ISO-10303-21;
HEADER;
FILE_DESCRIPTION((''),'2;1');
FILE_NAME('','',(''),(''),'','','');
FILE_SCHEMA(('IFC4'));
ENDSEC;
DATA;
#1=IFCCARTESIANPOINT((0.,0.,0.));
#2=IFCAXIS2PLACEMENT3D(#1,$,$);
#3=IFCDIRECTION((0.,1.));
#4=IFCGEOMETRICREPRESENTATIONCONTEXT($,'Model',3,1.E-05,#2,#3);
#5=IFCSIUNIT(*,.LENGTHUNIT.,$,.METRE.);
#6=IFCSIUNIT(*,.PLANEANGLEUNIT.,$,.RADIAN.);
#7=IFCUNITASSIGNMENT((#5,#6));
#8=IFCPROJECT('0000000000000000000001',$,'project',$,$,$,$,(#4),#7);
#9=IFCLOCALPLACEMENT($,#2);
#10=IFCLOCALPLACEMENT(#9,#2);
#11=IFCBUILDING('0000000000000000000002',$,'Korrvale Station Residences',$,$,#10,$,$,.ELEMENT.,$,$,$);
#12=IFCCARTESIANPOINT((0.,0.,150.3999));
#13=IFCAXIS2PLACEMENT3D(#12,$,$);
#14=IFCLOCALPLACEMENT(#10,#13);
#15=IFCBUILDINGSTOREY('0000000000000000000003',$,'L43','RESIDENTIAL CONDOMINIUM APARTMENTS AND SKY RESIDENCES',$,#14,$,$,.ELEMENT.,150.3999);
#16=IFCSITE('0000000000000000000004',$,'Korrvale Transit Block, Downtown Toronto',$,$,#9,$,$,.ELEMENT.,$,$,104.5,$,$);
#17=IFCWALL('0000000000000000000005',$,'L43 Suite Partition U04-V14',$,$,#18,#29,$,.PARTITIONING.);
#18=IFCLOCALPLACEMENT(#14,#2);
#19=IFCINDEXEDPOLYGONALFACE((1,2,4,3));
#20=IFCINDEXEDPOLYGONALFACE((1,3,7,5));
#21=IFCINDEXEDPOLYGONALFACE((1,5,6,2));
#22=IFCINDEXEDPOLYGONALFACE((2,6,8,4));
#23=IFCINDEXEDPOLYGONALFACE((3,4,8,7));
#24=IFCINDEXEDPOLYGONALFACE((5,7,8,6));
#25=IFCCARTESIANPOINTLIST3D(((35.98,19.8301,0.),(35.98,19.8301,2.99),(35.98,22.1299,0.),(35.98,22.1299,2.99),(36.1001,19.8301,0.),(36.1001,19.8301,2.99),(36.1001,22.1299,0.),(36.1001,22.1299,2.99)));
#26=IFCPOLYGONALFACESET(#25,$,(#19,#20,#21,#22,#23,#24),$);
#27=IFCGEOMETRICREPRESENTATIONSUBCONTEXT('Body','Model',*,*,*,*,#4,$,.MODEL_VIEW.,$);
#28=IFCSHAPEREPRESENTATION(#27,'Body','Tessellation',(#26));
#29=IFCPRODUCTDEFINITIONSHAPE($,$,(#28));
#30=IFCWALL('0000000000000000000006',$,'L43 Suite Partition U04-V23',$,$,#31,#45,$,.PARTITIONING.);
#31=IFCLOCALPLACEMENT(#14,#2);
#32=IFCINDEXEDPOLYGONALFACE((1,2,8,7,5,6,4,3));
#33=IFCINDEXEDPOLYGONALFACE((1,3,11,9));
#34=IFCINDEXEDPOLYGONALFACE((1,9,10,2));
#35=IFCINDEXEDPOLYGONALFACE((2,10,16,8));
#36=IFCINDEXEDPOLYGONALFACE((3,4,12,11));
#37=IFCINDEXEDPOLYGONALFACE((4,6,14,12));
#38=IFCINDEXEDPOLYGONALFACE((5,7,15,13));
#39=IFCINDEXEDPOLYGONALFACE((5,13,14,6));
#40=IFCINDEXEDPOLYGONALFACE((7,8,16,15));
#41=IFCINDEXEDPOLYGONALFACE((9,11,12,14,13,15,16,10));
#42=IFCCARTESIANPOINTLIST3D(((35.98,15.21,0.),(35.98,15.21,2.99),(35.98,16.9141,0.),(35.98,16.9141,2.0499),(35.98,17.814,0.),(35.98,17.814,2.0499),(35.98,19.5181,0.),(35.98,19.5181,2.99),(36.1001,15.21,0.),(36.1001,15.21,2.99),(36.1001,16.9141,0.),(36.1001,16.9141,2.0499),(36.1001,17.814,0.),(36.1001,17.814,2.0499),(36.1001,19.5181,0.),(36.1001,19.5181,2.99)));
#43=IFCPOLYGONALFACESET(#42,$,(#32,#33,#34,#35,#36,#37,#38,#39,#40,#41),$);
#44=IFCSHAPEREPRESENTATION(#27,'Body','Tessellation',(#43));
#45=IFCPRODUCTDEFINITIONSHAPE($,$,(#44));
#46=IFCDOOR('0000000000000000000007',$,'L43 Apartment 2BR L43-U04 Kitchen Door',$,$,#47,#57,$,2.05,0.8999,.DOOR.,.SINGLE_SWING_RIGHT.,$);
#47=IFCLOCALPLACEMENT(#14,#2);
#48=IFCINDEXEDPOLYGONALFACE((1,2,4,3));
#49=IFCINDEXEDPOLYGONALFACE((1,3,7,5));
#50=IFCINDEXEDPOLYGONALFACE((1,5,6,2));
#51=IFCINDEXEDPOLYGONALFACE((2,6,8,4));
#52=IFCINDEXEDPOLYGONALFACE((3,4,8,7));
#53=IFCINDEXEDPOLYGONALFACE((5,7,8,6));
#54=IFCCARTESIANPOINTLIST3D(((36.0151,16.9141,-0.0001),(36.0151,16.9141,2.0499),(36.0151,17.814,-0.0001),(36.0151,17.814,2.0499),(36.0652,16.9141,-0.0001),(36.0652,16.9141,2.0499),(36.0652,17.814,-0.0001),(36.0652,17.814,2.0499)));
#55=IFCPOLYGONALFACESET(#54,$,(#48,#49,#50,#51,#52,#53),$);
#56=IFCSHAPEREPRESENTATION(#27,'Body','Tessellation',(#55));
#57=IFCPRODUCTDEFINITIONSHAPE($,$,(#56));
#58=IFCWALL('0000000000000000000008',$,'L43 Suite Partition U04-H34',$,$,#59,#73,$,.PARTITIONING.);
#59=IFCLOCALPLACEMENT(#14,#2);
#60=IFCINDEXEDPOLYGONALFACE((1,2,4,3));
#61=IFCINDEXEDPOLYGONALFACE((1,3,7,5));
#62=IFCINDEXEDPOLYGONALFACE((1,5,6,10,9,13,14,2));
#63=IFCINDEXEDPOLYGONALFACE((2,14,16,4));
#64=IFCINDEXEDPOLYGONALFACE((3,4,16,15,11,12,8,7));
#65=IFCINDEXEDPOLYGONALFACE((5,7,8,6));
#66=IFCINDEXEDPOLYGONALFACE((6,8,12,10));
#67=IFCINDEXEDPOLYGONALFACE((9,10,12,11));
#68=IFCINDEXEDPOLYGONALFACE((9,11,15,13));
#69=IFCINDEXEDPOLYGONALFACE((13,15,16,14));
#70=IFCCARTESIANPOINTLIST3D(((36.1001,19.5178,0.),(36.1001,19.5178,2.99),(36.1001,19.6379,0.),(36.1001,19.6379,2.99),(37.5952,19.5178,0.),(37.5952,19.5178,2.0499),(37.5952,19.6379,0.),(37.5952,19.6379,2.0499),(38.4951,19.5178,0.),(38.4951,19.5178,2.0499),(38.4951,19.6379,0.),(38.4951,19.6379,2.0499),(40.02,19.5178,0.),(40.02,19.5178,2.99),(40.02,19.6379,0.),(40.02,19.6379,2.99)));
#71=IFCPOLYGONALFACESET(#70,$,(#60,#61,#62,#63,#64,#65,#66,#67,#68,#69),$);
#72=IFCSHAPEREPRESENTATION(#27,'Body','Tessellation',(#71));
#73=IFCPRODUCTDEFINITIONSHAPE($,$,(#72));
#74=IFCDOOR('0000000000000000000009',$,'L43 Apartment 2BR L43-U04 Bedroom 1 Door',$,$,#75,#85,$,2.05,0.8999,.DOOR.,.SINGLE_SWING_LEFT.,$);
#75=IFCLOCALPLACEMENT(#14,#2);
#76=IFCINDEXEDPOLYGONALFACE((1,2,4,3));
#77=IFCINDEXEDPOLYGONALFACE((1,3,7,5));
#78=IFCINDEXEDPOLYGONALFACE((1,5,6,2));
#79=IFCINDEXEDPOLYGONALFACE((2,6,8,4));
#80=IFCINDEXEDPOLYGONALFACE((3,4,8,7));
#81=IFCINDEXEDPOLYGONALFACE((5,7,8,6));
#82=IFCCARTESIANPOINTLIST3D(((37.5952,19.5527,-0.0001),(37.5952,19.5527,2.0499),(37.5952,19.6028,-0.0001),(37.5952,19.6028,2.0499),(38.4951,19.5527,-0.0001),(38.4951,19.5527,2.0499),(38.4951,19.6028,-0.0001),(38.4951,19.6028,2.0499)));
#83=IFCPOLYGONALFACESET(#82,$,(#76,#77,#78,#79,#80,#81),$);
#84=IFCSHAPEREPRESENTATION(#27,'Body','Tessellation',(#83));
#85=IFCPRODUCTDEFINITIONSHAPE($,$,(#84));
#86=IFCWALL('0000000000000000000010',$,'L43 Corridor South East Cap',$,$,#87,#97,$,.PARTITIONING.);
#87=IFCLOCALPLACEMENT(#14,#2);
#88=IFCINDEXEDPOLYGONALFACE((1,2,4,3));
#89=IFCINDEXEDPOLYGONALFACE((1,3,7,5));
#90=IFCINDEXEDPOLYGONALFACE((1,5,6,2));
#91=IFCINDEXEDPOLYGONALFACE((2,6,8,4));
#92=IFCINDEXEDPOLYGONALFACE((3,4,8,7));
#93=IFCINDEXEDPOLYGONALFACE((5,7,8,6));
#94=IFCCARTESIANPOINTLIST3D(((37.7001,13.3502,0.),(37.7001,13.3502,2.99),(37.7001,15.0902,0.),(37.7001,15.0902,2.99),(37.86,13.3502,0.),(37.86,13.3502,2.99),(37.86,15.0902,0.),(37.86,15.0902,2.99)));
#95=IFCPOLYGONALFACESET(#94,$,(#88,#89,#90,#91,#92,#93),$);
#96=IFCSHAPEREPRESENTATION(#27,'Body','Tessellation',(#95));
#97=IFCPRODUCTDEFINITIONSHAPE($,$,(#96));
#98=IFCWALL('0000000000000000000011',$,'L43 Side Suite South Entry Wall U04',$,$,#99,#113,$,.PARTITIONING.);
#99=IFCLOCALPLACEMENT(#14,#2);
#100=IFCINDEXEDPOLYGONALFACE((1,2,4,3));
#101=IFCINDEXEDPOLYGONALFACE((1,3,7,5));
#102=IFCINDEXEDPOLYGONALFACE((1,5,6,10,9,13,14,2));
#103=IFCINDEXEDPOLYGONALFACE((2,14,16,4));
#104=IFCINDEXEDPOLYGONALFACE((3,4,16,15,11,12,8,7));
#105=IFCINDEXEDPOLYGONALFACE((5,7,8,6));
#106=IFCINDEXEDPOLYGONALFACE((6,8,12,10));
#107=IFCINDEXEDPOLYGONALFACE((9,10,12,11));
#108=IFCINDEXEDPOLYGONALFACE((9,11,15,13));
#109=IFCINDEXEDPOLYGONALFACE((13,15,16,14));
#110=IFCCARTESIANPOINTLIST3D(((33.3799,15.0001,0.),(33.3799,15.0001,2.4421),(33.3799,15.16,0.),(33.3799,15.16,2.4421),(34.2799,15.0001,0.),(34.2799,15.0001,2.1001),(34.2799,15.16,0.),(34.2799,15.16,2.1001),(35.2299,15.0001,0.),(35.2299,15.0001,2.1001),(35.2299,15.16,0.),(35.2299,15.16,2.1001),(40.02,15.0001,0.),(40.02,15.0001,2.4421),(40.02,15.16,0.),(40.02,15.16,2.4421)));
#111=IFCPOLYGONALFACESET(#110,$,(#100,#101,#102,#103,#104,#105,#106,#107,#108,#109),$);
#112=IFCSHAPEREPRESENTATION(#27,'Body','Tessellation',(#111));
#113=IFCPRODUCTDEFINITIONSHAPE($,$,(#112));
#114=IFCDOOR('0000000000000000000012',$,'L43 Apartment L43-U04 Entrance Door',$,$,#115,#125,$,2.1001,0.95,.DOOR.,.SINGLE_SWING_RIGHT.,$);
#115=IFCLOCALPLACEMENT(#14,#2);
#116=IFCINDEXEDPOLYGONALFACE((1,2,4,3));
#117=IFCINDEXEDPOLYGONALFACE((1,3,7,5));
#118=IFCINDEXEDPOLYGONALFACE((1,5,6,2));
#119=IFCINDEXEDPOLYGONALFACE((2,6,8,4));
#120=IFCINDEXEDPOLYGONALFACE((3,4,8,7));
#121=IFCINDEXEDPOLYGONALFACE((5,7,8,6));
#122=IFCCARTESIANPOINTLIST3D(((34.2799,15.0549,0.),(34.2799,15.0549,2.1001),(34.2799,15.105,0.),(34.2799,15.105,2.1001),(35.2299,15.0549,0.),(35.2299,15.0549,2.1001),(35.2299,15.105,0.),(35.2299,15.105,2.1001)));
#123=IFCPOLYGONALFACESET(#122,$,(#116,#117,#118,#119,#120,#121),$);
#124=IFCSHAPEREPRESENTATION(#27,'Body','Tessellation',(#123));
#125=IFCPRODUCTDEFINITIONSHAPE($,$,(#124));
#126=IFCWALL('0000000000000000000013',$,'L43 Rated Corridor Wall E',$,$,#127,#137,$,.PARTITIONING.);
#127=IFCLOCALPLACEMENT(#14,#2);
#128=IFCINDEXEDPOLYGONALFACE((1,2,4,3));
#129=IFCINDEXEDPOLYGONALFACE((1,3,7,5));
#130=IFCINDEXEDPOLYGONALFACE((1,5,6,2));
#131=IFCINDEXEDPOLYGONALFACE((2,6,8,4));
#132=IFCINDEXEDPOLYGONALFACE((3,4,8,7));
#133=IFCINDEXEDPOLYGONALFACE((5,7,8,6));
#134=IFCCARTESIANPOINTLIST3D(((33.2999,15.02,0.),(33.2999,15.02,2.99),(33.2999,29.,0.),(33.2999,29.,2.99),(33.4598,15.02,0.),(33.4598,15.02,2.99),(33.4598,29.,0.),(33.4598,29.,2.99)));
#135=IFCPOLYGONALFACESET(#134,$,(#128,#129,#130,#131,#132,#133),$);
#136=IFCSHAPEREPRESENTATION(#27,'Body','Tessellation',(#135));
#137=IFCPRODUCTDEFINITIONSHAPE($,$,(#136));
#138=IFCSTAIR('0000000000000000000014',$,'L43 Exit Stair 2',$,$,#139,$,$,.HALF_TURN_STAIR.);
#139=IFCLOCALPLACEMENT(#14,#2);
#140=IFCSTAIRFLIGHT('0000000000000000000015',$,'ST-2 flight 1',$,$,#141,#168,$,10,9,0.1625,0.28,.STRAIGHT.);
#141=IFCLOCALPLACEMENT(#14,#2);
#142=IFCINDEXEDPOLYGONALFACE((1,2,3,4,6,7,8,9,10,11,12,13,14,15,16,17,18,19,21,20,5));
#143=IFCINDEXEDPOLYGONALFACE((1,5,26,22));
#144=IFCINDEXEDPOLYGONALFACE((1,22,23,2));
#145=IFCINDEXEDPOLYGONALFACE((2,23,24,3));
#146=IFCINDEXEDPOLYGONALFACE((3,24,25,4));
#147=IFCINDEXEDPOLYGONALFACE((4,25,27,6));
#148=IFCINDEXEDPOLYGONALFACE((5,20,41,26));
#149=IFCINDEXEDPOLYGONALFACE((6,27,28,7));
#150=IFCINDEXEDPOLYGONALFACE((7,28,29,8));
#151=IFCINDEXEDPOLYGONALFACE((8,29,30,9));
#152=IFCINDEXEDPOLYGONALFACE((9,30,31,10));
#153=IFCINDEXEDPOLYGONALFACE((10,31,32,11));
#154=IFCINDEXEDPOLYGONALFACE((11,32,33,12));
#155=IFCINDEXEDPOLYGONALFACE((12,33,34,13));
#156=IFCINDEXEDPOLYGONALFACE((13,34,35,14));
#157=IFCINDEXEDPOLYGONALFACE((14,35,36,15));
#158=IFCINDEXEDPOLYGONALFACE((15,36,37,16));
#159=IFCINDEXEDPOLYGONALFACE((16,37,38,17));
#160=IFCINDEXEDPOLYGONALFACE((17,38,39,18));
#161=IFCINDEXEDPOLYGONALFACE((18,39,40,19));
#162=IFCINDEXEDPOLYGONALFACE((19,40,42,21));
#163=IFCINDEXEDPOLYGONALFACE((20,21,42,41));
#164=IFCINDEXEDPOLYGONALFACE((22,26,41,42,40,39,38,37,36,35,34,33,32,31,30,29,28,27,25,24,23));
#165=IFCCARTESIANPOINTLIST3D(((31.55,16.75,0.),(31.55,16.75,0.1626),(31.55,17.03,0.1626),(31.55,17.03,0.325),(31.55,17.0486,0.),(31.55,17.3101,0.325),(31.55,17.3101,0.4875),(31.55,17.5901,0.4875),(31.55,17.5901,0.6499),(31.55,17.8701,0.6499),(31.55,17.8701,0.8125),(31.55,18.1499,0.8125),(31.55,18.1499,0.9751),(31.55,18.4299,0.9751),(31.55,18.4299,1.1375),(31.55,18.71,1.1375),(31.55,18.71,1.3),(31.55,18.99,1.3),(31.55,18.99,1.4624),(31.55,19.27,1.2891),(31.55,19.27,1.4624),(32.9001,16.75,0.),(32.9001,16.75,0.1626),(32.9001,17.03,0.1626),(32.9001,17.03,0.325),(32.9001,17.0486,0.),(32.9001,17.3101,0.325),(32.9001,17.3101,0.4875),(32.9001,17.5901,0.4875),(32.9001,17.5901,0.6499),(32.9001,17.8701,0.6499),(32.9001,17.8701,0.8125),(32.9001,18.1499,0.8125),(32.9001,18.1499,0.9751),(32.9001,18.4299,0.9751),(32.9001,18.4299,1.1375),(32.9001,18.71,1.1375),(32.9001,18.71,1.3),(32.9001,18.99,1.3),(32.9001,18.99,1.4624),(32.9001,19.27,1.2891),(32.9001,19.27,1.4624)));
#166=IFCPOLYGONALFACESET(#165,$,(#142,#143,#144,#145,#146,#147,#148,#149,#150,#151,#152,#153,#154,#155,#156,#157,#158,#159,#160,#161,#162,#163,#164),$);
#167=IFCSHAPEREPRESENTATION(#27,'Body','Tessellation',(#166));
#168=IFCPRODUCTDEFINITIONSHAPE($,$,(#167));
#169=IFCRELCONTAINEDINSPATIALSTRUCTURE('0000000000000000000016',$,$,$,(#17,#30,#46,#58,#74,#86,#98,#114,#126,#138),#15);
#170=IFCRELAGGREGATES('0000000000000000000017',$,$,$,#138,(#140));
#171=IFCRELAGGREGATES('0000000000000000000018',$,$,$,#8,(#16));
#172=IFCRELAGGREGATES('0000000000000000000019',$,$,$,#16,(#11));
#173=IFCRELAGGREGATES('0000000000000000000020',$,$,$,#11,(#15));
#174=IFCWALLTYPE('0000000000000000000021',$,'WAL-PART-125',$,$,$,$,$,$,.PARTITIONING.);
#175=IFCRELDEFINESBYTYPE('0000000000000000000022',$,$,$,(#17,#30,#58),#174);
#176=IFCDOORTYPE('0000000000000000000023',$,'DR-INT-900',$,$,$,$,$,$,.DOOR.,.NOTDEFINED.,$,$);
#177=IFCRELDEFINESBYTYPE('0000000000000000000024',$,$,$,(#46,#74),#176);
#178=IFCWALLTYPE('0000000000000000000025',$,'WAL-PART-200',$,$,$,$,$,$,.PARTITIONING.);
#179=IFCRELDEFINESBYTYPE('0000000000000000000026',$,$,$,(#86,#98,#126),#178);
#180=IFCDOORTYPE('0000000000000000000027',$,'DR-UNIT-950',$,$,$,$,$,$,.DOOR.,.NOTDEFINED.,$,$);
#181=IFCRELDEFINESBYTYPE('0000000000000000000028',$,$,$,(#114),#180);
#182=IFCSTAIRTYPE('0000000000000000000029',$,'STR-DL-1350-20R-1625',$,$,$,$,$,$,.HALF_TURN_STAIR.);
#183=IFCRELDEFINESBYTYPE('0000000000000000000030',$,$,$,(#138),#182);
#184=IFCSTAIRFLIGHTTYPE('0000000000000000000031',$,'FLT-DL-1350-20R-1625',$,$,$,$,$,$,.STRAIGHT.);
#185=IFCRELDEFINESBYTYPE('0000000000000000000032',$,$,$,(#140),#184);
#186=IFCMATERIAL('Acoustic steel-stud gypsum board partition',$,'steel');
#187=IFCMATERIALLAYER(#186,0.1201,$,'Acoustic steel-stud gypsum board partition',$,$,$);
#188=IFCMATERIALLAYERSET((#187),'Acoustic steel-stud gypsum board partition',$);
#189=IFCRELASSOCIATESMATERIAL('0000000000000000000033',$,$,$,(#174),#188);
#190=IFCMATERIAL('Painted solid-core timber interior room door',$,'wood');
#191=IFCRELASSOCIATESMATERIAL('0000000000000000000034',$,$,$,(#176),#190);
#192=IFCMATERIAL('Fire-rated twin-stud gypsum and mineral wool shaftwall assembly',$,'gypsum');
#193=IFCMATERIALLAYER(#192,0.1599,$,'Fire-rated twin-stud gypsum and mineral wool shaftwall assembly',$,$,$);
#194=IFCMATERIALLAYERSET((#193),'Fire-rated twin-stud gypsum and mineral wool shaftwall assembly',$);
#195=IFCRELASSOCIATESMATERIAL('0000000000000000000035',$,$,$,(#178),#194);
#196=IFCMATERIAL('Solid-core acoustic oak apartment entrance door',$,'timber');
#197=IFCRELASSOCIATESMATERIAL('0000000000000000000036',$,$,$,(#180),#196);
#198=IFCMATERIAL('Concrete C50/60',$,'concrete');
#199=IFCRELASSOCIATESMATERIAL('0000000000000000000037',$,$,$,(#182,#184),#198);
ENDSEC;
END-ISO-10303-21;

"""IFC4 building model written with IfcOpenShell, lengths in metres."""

from ifc_helpers import new_model, si_unit, direction, frame, frame_2d, origin, place, context, subcontext, project, spatial, polyline, rectangle, outline, extrude, material, layer, layer_set, type_object, element, fill, aggregate, save


model = new_model("IFC4")

# Units and contexts
model_context = context("Model", 3, precision=1e-05, world=origin(), true_north=direction((0.0, 1.0)))
body_context = subcontext(model_context, "Body", "Model", "MODEL_VIEW")
ifc_project = project(units=[si_unit("LENGTHUNIT", "METRE"), si_unit("PLANEANGLEUNIT", "RADIAN")], contexts=[model_context])

# Site, building, storey
site_placement = place(None, origin())
site = spatial("IfcSite", under=ifc_project, at=site_placement, Name="Korrvale Transit Block, Downtown Toronto", CompositionType="ELEMENT", RefElevation=104.5)
building_placement = place(site_placement, origin())
building = spatial("IfcBuilding", under=site, at=building_placement, Name="Korrvale Station Residences", CompositionType="ELEMENT")
storey_placement = place(building_placement, frame((0.0, 0.0, 150.3999)))
storey = spatial("IfcBuildingStorey", under=building, at=storey_placement, Name="L43", Description="RESIDENTIAL CONDOMINIUM APARTMENTS AND SKY RESIDENCES", CompositionType="ELEMENT", Elevation=150.3999)

# Shared definitions
ifc_material_1 = material(Name="Acoustic steel-stud gypsum board partition", Category="steel")
ifc_layer_1 = layer(ifc_material_1, 0.1201, Name="Acoustic steel-stud gypsum board partition")
ifc_layer_set_1 = layer_set([ifc_layer_1], Name="Acoustic steel-stud gypsum board partition")
wall_type_1 = type_object("IfcWallType", Name="WAL-PART-125", PredefinedType="PARTITIONING", material=ifc_layer_set_1)

# Wall
wall_1_placement = place(storey_placement, frame((36.04, 19.8301, 0.0), z_axis=(0.0, 0.0, 1.0), x_axis=(0.0, 1.0, 0.0)))
element("IfcWall", 1, at=wall_1_placement, inside=storey, type_object=wall_type_1, Name="L43 Suite Partition U04-V14", PredefinedType="PARTITIONING", context=body_context, shape_type="SweptSolid", body=[
    extrude(rectangle(XDim=2.2998, YDim=0.1201, at=frame_2d((1.1499, 0.0))), origin(), (0.0, 0.0, 1.0), 2.99),
])

# Walls, openings, doors
wall_2_placement = place(storey_placement, frame((36.04, 15.21, 0.0), z_axis=(0.0, 0.0, 1.0), x_axis=(0.0, 1.0, 0.0)))
wall_2 = element("IfcWall", 2, at=wall_2_placement, inside=storey, type_object=wall_type_1, Name="L43 Suite Partition U04-V23", PredefinedType="PARTITIONING", context=body_context, shape_type="SweptSolid", body=[
    extrude(rectangle(XDim=4.3081, YDim=0.1201, at=frame_2d((2.1541, 0.0))), origin(), (0.0, 0.0, 1.0), 2.99),
])
opening_1_placement = place(wall_2_placement, frame((1.7041, 0.0, 0.0)))
opening_1 = element("IfcOpeningElement", 3, at=opening_1_placement, cuts=wall_2, PredefinedType="OPENING", context=body_context, shape_type="SweptSolid", body=[
    extrude(rectangle(XDim=0.8999, YDim=2.05, at=frame_2d((0.45, 1.0249))), frame((0.0, 0.0701, 0.0), z_axis=(0.0, -1.0, 0.0), x_axis=(1.0, 0.0, 0.0)), (0.0, 0.0, 1.0), 0.1401),
])
ifc_material_2 = material(Name="Painted solid-core timber interior room door", Category="wood")
door_type_1 = type_object("IfcDoorType", Name="DR-INT-900", OperationType="NOTDEFINED", PredefinedType="DOOR", material=ifc_material_2)
door_1_placement = place(opening_1_placement, origin())
door_1 = element("IfcDoor", 4, at=door_1_placement, inside=storey, type_object=door_type_1, Name="L43 Apartment 2BR L43-U04 Kitchen Door", OperationType="SINGLE_SWING_RIGHT", OverallHeight=2.05, OverallWidth=0.8999, PredefinedType="DOOR", context=body_context, shape_type="SweptSolid", body=[
    extrude(rectangle(XDim=0.8999, YDim=2.05, at=frame_2d((0.45, 1.0249))), frame((0.0, 0.0249, 0.0), z_axis=(0.0, -1.0, 0.0), x_axis=(1.0, 0.0, 0.0)), (0.0, 0.0, 1.0), 0.05),
])
fill(opening_1, door_1)
wall_3_placement = place(storey_placement, frame((36.1001, 19.5779, 0.0), z_axis=(0.0, 0.0, 1.0), x_axis=(1.0, 0.0, 0.0)))
wall_3 = element("IfcWall", 5, at=wall_3_placement, inside=storey, type_object=wall_type_1, Name="L43 Suite Partition U04-H34", PredefinedType="PARTITIONING", context=body_context, shape_type="SweptSolid", body=[
    extrude(rectangle(XDim=3.9199, YDim=0.1201, at=frame_2d((1.96, 0.0))), origin(), (0.0, 0.0, 1.0), 2.99),
])
opening_2_placement = place(wall_3_placement, frame((1.4951, 0.0, 0.0)))
opening_2 = element("IfcOpeningElement", 6, at=opening_2_placement, cuts=wall_3, PredefinedType="OPENING", context=body_context, shape_type="SweptSolid", body=[
    extrude(rectangle(XDim=0.8999, YDim=2.05, at=frame_2d((0.45, 1.0249))), frame((0.0, 0.0701, 0.0), z_axis=(0.0, -1.0, 0.0), x_axis=(1.0, 0.0, 0.0)), (0.0, 0.0, 1.0), 0.1401),
])
door_2_placement = place(opening_2_placement, origin())
door_2 = element("IfcDoor", 7, at=door_2_placement, inside=storey, type_object=door_type_1, Name="L43 Apartment 2BR L43-U04 Bedroom 1 Door", OperationType="SINGLE_SWING_LEFT", OverallHeight=2.05, OverallWidth=0.8999, PredefinedType="DOOR", context=body_context, shape_type="SweptSolid", body=[
    extrude(rectangle(XDim=0.8999, YDim=2.05, at=frame_2d((0.45, 1.0249))), frame((0.0, 0.0249, 0.0), z_axis=(0.0, -1.0, 0.0), x_axis=(1.0, 0.0, 0.0)), (0.0, 0.0, 1.0), 0.05),
])
fill(opening_2, door_2)

# Wall
ifc_material_3 = material(Name="Fire-rated twin-stud gypsum and mineral wool shaftwall assembly", Category="gypsum")
ifc_layer_2 = layer(ifc_material_3, 0.1599, Name="Fire-rated twin-stud gypsum and mineral wool shaftwall assembly")
ifc_layer_set_2 = layer_set([ifc_layer_2], Name="Fire-rated twin-stud gypsum and mineral wool shaftwall assembly")
wall_type_2 = type_object("IfcWallType", Name="WAL-PART-200", PredefinedType="PARTITIONING", material=ifc_layer_set_2)
wall_4_placement = place(storey_placement, frame((37.78, 13.3501, 0.0), z_axis=(0.0, 0.0, 1.0), x_axis=(0.0, 1.0, 0.0)))
element("IfcWall", 8, at=wall_4_placement, inside=storey, type_object=wall_type_2, Name="L43 Corridor South East Cap", PredefinedType="PARTITIONING", context=body_context, shape_type="SweptSolid", body=[
    extrude(rectangle(XDim=1.74, YDim=0.1599, at=frame_2d((0.8701, 0.0))), origin(), (0.0, 0.0, 1.0), 2.99),
])

# Wall, opening, door
wall_5_placement = place(storey_placement, frame((33.3799, 15.0801, 0.0), z_axis=(0.0, 0.0, 1.0), x_axis=(1.0, 0.0, 0.0)))
wall_5 = element("IfcWall", 9, at=wall_5_placement, inside=storey, type_object=wall_type_2, Name="L43 Side Suite South Entry Wall U04", PredefinedType="PARTITIONING", context=body_context, shape_type="SweptSolid", body=[
    extrude(rectangle(XDim=6.6401, YDim=0.1599, at=frame_2d((3.3201, 0.0))), origin(), (0.0, 0.0, 1.0), 2.4421),
])
opening_3_placement = place(wall_5_placement, frame((0.8999, 0.0, 0.0)))
opening_3 = element("IfcOpeningElement", 10, at=opening_3_placement, cuts=wall_5, PredefinedType="OPENING", context=body_context, shape_type="SweptSolid", body=[
    extrude(rectangle(XDim=0.95, YDim=2.1001, at=frame_2d((0.4751, 1.05))), frame((0.0, 0.0898, 0.0), z_axis=(0.0, -1.0, 0.0), x_axis=(1.0, 0.0, 0.0)), (0.0, 0.0, 1.0), 0.1799),
])
ifc_material_4 = material(Name="Solid-core acoustic oak apartment entrance door", Category="timber")
door_type_2 = type_object("IfcDoorType", Name="DR-UNIT-950", OperationType="NOTDEFINED", PredefinedType="DOOR", material=ifc_material_4)
door_3_placement = place(opening_3_placement, origin())
door_3 = element("IfcDoor", 11, at=door_3_placement, inside=storey, type_object=door_type_2, Name="L43 Apartment L43-U04 Entrance Door", OperationType="SINGLE_SWING_RIGHT", OverallHeight=2.1001, OverallWidth=0.95, PredefinedType="DOOR", context=body_context, shape_type="SweptSolid", body=[
    extrude(rectangle(XDim=0.95, YDim=2.1001, at=frame_2d((0.4751, 1.05))), frame((0.0, 0.0249, 0.0), z_axis=(0.0, -1.0, 0.0), x_axis=(1.0, 0.0, 0.0)), (0.0, 0.0, 1.0), 0.05),
])
fill(opening_3, door_3)

# Wall
wall_6_placement = place(storey_placement, frame((33.3799, 15.02, 0.0), z_axis=(0.0, 0.0, 1.0), x_axis=(0.0, 1.0, 0.0)))
element("IfcWall", 12, at=wall_6_placement, inside=storey, type_object=wall_type_2, Name="L43 Rated Corridor Wall E", PredefinedType="PARTITIONING", context=body_context, shape_type="SweptSolid", body=[
    extrude(rectangle(XDim=13.98, YDim=0.1599, at=frame_2d((6.99, 0.0))), origin(), (0.0, 0.0, 1.0), 2.99),
])

# Stair, stair flight
ifc_material_5 = material(Name="Concrete C50/60", Category="concrete")
stair_type = type_object("IfcStairType", Name="STR-DL-1350-20R-1625", PredefinedType="HALF_TURN_STAIR", material=ifc_material_5)
stair_placement = place(storey_placement, origin())
stair = element("IfcStair", 13, at=stair_placement, inside=storey, type_object=stair_type, Name="L43 Exit Stair 2", PredefinedType="HALF_TURN_STAIR")
stair_flight_type = type_object("IfcStairFlightType", Name="FLT-DL-1350-20R-1625", PredefinedType="STRAIGHT", material=ifc_material_5)
stair_flight_placement = place(storey_placement, frame((32.2251, 16.75, 0.0), z_axis=(0.0, 0.0, 1.0), x_axis=(0.0, 1.0, 0.0)))
stair_flight = element("IfcStairFlight", 14, at=stair_flight_placement, type_object=stair_flight_type, Name="ST-2 flight 1", NumberOfRisers=10, NumberOfTreads=9, PredefinedType="STRAIGHT", RiserHeight=0.1625, TreadLength=0.28, context=body_context, shape_type="SweptSolid", body=[
    extrude(outline(polyline([(0.0, 0.0), (0.0, 0.1626), (0.28, 0.1626), (0.28, 0.325), (0.5601, 0.325), (0.5601, 0.4875), (0.8401, 0.4875), (0.8401, 0.6499), (1.1201, 0.6499), (1.1201, 0.8125), (1.3999, 0.8125), (1.3999, 0.9751), (1.6799, 0.9751), (1.6799, 1.1375), (1.96, 1.1375), (1.96, 1.3), (2.24, 1.3), (2.24, 1.4624), (2.52, 1.4624), (2.52, 1.625), (2.52, 1.2891), (0.2986, 0.0), (0.0, 0.0)])), frame((0.0, 0.675, 0.0), z_axis=(0.0, -1.0, 0.0), x_axis=(1.0, 0.0, 0.0)), (0.0, 0.0, 1.0), 1.3501),
])
aggregate(stair, [stair_flight])

save(model, "model.ifc")
